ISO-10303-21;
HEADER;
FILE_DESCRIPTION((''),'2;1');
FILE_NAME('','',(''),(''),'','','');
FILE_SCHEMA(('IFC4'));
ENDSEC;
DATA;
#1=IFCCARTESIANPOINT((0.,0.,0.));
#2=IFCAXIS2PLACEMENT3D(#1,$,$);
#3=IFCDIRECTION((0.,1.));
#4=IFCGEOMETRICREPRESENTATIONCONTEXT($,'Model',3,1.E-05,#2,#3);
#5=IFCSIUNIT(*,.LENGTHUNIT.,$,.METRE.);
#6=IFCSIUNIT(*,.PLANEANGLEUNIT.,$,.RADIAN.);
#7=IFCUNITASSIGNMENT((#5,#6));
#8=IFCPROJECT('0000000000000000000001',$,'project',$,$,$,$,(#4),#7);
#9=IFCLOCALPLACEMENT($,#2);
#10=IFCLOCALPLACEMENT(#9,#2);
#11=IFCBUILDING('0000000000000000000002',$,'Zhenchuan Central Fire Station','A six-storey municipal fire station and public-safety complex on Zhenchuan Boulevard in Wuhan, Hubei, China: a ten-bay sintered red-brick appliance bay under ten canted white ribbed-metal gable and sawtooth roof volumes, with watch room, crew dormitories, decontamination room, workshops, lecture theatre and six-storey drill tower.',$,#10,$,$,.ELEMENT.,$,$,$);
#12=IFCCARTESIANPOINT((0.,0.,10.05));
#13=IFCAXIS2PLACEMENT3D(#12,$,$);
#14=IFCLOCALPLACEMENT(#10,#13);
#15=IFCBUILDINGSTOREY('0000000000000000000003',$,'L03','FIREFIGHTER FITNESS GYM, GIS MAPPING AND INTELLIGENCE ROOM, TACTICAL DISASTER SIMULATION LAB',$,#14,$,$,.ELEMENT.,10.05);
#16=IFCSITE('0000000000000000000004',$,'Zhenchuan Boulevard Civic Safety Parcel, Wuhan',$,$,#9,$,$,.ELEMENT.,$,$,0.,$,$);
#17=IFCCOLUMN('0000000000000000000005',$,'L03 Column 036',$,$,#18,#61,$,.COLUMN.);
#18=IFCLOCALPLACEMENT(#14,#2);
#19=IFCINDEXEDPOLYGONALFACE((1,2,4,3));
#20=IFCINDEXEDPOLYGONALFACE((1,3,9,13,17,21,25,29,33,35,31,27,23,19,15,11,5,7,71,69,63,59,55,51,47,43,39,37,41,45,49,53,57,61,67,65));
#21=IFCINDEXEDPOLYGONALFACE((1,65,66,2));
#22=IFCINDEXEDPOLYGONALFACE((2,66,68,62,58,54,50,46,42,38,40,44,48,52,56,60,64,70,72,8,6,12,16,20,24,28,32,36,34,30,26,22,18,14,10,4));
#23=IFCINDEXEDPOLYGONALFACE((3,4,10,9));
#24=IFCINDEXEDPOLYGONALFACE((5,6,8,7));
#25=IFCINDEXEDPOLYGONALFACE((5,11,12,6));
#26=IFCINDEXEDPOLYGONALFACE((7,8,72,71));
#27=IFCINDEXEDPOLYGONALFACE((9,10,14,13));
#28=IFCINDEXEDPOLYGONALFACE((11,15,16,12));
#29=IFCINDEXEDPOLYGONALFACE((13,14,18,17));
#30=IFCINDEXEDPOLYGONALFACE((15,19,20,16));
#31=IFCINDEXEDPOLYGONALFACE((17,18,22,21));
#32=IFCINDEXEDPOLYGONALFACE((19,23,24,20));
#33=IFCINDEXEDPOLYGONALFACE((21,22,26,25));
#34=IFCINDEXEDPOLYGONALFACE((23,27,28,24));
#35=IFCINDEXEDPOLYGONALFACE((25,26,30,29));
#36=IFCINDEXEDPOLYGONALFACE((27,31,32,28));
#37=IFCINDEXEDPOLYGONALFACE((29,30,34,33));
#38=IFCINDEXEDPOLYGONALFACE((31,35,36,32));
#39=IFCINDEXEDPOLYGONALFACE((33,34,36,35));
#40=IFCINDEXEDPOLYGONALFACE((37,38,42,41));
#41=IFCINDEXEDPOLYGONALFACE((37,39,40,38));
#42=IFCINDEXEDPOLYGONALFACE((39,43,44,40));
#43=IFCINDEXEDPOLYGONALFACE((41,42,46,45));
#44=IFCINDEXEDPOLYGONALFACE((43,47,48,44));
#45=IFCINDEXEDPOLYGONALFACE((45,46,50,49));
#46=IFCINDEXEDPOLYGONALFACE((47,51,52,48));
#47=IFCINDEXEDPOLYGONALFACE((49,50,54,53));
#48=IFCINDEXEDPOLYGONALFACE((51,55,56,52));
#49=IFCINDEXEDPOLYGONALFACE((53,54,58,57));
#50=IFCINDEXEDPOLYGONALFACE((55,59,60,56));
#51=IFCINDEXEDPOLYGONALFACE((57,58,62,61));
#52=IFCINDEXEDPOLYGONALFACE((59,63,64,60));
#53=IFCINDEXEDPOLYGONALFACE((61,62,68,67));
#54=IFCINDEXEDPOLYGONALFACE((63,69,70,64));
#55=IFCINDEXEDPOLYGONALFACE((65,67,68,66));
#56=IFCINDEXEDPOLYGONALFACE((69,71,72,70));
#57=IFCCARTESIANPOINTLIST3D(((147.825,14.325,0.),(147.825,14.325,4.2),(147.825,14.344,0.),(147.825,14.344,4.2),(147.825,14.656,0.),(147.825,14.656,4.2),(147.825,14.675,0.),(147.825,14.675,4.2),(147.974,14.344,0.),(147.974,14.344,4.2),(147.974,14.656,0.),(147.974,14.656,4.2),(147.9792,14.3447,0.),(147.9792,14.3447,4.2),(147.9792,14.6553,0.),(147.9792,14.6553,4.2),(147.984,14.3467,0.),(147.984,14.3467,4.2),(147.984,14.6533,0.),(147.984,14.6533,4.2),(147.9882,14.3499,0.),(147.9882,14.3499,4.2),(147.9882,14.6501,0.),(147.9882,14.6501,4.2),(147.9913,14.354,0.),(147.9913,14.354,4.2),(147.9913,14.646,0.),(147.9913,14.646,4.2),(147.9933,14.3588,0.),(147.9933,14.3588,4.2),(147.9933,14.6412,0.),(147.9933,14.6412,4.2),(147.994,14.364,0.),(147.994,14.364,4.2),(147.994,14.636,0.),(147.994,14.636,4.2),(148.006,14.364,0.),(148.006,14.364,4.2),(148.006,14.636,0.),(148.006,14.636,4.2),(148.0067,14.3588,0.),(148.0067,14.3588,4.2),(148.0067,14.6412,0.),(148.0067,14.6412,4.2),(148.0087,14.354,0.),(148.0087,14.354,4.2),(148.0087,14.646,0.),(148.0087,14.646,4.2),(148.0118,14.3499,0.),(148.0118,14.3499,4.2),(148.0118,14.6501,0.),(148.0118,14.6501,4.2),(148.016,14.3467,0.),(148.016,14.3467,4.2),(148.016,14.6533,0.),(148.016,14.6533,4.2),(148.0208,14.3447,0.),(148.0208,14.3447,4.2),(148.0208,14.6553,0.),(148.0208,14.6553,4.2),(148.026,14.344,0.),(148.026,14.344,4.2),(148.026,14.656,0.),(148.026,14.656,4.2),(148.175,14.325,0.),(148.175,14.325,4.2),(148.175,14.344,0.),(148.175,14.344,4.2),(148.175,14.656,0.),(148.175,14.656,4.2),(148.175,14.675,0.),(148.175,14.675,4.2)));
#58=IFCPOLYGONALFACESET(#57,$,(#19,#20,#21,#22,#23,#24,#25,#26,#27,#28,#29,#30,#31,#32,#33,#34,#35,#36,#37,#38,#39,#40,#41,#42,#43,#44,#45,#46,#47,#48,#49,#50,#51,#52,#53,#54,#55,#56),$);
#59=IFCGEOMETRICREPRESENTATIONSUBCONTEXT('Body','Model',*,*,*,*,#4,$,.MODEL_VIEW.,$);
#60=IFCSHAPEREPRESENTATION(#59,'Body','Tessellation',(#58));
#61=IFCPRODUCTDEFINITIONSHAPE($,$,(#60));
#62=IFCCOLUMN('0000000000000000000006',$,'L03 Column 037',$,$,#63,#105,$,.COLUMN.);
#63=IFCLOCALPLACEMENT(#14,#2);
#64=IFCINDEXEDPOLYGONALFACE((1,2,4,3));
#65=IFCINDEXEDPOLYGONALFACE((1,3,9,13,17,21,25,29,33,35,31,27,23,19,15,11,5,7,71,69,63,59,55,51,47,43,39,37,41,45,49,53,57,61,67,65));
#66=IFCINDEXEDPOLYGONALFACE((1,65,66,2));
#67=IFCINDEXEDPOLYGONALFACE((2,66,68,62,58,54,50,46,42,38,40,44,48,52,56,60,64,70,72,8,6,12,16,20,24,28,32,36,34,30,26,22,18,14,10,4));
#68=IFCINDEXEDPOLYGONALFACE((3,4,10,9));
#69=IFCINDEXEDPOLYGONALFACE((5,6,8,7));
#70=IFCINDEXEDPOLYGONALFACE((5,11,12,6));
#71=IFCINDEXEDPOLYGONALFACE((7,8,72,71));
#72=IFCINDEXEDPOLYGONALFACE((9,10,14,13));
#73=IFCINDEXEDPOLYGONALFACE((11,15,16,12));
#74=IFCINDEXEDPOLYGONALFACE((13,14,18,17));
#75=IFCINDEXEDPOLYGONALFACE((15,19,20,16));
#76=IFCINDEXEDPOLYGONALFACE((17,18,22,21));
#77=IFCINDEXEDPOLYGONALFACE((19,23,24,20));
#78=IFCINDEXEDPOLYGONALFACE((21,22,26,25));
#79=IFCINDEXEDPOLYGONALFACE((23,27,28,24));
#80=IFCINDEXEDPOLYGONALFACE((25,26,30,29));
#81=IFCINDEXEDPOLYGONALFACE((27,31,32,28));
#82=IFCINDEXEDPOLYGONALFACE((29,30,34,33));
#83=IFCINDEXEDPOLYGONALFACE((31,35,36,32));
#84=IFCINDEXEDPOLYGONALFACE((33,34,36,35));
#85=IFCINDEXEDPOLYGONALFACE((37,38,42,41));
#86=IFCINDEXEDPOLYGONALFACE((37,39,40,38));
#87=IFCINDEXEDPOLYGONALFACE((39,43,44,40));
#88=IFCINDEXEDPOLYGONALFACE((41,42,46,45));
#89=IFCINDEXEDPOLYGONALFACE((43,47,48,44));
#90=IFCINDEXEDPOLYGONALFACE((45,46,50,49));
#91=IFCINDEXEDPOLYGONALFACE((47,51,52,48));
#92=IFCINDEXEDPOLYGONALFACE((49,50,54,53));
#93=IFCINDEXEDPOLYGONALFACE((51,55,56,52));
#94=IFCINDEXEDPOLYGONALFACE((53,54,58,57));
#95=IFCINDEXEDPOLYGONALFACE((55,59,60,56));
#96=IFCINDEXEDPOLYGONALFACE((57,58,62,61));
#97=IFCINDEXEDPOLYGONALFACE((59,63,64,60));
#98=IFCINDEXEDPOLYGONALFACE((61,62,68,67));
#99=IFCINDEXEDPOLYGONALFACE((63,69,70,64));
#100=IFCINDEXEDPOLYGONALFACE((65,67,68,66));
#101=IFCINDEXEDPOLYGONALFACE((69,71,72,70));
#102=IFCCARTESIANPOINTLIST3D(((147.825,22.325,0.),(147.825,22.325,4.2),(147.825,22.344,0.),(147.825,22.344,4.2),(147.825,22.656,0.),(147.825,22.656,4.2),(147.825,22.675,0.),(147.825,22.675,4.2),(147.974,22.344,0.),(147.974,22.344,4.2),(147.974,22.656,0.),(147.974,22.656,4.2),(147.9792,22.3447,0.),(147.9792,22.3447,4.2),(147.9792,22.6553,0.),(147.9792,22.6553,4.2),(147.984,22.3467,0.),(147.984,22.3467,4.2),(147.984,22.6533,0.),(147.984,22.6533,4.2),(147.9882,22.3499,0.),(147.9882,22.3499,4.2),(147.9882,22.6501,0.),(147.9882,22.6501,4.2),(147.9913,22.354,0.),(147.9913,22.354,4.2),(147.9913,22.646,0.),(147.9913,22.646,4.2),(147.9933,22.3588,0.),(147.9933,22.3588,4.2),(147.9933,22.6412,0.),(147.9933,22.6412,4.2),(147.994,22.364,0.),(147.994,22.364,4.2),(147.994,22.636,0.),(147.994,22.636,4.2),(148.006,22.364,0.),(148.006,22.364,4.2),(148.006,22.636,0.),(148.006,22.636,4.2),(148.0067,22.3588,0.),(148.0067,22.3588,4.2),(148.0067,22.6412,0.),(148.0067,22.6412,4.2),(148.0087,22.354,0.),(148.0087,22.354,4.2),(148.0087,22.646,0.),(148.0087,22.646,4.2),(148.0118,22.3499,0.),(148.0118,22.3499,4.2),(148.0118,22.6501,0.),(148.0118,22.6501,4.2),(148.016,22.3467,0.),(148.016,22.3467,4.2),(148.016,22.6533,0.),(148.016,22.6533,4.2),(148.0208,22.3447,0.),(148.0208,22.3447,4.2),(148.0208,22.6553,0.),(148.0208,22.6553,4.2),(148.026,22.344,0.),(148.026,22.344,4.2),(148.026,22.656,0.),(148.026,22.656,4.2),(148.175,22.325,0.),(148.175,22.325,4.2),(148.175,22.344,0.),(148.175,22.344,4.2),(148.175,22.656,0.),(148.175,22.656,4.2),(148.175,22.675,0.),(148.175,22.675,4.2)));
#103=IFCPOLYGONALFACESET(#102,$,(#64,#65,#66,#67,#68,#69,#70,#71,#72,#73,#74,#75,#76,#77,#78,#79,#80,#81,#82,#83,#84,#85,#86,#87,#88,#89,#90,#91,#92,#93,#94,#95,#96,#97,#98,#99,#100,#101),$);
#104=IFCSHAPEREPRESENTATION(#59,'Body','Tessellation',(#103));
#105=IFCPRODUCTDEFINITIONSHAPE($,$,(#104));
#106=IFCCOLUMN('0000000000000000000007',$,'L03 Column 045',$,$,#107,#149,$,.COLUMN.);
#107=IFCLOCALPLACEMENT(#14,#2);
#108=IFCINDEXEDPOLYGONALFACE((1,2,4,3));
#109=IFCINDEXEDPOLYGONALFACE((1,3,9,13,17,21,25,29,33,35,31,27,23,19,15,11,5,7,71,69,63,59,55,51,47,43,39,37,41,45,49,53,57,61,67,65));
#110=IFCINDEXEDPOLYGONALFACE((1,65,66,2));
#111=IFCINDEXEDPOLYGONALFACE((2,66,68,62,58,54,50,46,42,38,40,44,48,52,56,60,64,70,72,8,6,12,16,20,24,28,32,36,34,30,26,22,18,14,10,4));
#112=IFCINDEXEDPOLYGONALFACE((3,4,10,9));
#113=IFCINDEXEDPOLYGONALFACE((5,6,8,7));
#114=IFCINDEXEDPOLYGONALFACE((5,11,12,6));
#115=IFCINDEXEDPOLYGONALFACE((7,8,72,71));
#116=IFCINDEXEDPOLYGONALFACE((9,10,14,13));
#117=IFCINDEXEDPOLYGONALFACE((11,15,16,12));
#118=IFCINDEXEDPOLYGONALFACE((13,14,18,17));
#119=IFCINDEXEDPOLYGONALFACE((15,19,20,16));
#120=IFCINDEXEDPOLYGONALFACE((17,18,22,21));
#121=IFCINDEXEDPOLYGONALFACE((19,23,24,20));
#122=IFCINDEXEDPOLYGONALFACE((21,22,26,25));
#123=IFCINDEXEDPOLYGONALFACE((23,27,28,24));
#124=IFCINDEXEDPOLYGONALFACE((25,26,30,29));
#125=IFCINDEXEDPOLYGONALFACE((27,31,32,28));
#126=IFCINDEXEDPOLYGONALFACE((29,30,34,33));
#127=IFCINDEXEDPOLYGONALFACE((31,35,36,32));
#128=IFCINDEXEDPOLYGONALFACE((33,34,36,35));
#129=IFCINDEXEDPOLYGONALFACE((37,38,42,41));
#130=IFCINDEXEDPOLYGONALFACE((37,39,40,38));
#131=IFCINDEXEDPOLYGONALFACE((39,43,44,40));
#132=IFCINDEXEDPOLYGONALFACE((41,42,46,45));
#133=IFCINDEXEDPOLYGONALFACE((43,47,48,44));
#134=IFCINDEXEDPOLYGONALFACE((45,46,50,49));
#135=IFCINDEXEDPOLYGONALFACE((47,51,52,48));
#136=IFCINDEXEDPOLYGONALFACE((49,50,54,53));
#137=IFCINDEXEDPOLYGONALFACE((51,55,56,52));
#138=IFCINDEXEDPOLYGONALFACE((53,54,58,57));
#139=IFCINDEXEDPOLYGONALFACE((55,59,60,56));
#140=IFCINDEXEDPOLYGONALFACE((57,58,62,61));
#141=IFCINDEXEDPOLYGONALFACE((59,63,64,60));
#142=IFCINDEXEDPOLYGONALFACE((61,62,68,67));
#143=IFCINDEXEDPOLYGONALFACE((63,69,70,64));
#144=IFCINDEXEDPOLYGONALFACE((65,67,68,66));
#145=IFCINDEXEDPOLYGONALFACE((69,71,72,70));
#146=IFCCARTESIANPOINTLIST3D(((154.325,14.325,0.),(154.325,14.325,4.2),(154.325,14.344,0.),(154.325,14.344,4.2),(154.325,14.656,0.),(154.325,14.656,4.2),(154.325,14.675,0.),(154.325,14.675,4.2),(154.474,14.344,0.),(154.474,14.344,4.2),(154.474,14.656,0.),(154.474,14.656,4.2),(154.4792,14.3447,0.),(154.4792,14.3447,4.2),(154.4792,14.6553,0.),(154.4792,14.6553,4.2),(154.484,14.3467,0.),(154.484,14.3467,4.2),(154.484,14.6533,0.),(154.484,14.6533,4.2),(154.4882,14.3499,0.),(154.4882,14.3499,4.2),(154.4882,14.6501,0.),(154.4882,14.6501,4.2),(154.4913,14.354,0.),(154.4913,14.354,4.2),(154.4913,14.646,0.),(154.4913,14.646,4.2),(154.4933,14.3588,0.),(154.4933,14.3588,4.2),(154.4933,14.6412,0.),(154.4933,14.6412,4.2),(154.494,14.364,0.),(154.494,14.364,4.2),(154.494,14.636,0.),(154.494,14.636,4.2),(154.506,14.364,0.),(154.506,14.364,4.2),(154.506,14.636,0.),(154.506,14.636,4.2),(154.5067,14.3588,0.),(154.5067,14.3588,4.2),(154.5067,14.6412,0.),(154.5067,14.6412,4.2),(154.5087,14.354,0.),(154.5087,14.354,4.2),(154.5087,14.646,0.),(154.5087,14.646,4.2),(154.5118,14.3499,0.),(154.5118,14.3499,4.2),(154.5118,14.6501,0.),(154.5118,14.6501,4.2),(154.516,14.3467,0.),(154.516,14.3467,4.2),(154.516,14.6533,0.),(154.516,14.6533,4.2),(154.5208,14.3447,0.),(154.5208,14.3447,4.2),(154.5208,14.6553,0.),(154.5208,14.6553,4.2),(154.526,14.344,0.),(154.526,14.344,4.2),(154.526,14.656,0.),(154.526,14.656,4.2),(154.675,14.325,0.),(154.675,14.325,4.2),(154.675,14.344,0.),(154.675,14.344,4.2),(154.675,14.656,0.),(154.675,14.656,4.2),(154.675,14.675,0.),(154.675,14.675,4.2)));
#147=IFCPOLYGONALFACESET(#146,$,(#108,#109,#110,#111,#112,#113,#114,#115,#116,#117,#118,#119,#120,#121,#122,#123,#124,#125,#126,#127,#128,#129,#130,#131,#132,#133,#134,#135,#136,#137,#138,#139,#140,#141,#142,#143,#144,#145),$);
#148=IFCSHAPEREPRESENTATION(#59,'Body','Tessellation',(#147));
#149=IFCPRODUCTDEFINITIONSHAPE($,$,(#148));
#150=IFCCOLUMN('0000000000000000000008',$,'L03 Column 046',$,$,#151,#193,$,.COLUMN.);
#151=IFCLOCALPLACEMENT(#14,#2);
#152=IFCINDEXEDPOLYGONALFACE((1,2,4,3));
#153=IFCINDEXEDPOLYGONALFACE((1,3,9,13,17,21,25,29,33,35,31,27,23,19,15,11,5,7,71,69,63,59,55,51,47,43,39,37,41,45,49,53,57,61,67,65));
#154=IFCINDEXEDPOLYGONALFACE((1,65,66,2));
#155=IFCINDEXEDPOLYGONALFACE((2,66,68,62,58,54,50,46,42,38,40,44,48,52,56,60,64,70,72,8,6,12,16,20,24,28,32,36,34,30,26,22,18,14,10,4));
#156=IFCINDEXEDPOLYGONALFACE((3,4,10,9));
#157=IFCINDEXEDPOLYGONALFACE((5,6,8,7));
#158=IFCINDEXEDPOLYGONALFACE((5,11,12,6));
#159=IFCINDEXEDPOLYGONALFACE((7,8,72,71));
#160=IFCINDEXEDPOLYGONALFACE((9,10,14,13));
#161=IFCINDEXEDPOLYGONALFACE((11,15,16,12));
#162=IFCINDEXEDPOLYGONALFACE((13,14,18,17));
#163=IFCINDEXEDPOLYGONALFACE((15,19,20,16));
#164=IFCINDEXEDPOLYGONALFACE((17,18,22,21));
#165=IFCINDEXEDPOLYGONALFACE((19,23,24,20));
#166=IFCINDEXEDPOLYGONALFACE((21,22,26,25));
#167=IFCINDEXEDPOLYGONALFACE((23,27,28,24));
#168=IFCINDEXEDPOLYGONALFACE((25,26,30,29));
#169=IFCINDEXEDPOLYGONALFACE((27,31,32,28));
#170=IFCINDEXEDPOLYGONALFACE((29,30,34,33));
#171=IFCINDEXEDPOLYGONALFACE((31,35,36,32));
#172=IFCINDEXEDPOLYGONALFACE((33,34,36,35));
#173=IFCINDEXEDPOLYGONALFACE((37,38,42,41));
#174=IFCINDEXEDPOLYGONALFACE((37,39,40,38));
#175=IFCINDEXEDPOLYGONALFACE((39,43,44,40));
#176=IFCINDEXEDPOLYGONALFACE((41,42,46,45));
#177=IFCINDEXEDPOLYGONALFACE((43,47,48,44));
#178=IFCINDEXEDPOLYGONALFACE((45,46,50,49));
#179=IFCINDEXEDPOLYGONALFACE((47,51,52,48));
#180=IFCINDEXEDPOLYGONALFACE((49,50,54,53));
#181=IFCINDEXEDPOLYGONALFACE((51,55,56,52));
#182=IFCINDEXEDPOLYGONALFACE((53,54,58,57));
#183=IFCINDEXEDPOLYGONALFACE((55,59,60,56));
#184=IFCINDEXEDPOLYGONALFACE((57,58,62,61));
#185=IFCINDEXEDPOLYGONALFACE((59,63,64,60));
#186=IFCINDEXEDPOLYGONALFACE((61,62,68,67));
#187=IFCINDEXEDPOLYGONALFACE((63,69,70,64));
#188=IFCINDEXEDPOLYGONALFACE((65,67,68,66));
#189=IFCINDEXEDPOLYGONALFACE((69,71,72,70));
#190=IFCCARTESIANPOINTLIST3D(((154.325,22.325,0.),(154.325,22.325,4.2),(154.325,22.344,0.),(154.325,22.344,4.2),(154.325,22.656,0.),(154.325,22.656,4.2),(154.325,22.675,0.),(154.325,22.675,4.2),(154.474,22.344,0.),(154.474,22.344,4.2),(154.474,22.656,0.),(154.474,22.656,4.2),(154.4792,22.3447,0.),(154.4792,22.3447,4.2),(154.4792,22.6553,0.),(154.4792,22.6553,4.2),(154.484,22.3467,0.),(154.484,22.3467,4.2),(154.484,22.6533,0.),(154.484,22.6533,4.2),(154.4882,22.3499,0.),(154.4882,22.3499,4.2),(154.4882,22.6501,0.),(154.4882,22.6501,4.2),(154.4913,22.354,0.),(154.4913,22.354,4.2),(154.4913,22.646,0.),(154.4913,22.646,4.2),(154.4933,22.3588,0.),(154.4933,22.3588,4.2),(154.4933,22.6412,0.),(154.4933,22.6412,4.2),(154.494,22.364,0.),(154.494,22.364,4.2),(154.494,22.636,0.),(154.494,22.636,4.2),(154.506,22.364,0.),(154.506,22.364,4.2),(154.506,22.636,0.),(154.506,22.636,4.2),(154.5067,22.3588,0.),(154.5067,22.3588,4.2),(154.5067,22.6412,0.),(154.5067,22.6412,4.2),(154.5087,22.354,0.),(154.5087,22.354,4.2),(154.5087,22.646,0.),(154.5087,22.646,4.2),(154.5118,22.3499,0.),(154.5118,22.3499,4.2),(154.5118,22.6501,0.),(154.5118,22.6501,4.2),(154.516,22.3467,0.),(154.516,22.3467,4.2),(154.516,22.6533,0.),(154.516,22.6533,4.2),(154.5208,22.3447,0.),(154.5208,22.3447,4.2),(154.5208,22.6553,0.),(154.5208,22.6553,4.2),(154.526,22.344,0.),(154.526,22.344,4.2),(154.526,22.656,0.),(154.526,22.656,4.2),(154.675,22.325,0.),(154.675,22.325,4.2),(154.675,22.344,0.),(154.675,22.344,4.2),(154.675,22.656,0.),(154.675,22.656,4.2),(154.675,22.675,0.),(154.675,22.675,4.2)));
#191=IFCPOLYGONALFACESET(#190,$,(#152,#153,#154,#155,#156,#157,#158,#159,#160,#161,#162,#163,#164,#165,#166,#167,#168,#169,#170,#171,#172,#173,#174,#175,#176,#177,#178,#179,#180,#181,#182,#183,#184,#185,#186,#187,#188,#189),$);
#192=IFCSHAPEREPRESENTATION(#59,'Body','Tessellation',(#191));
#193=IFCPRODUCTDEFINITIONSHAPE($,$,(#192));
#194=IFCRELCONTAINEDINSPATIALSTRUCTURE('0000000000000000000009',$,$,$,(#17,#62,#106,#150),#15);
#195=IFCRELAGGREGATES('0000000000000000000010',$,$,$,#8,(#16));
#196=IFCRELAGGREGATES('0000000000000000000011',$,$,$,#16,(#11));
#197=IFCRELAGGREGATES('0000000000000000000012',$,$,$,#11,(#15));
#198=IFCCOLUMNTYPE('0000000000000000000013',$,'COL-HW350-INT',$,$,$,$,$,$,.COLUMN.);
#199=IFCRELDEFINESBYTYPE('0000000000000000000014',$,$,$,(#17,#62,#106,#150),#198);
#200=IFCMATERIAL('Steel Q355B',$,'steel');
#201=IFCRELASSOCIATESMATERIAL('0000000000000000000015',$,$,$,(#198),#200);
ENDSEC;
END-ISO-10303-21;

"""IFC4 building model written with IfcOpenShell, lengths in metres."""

from ifc_helpers import new_model, si_unit, direction, frame, origin, origin_2d, place, context, subcontext, project, spatial, i_section, extrude, material, material_profile, profile_set, type_object, element, save


model = new_model("IFC4")

# Units and contexts
model_context = context("Model", 3, precision=1e-05, world=origin(), true_north=direction((0.0, 1.0)))
body_context = subcontext(model_context, "Body", "Model", "MODEL_VIEW")
ifc_project = project(units=[si_unit("LENGTHUNIT", "METRE"), si_unit("PLANEANGLEUNIT", "RADIAN")], contexts=[model_context])

# Site, building, storey
site_placement = place(None, origin())
site = spatial("IfcSite", under=ifc_project, at=site_placement, Name="Zhenchuan Boulevard Civic Safety Parcel, Wuhan", CompositionType="ELEMENT", RefElevation=0.0)
building_placement = place(site_placement, origin())
building = spatial("IfcBuilding", under=site, at=building_placement, Name="Zhenchuan Central Fire Station", Description="A six-storey municipal fire station and public-safety complex on Zhenchuan Boulevard in Wuhan, Hubei, China: a ten-bay sintered red-brick appliance bay under ten canted white ribbed-metal gable and sawtooth roof volumes, with watch room, crew dormitories, decontamination room, workshops, lecture theatre and six-storey drill tower.", CompositionType="ELEMENT")
storey_placement = place(building_placement, frame((0.0, 0.0, 10.05)))
storey = spatial("IfcBuildingStorey", under=building, at=storey_placement, Name="L03", Description="FIREFIGHTER FITNESS GYM, GIS MAPPING AND INTELLIGENCE ROOM, TACTICAL DISASTER SIMULATION LAB", CompositionType="ELEMENT", Elevation=10.05)

# Columns
ifc_material_1 = material(Name="Steel Q355B", Category="steel")
ifc_material_profile_1 = material_profile(ifc_material_1, i_section(OverallWidth=0.3501, OverallDepth=0.3501, WebThickness=0.012, FlangeThickness=0.019, FilletRadius=0.02, at=origin_2d()), Name="HW 350x350")
ifc_profile_set_1 = profile_set([ifc_material_profile_1], Name="Steel Q355B")
column_type = type_object("IfcColumnType", Name="COL-HW350-INT", PredefinedType="COLUMN", material=ifc_profile_set_1)
for number, where, z_axis, x_axis, name in (
    (1, (148.0, 14.5, 0.0), (0.0, 0.0, 1.0), (1.0, 0.0, 0.0), "L03 Column 036"),
    (2, (148.0, 22.5, 0.0), (0.0, 0.0, 1.0), (1.0, 0.0, 0.0), "L03 Column 037"),
    (3, (154.5, 14.5, 0.0), (0.0, 0.0, 1.0), (1.0, 0.0, 0.0), "L03 Column 045"),
    (4, (154.5, 22.5, 0.0), (0.0, 0.0, 1.0), (1.0, 0.0, 0.0), "L03 Column 046"),
):
    element("IfcColumn", number, at=place(storey_placement, frame(where, z_axis=z_axis, x_axis=x_axis)), inside=storey, type_object=column_type, Name=name, PredefinedType="COLUMN", context=body_context, shape_type="SweptSolid", body=[
        extrude(i_section(OverallWidth=0.3501, OverallDepth=0.3501, WebThickness=0.012, FlangeThickness=0.019, FilletRadius=0.02, at=origin_2d()), origin(), (0.0, 0.0, 1.0), 4.2),
    ])

save(model, "model.ifc")
